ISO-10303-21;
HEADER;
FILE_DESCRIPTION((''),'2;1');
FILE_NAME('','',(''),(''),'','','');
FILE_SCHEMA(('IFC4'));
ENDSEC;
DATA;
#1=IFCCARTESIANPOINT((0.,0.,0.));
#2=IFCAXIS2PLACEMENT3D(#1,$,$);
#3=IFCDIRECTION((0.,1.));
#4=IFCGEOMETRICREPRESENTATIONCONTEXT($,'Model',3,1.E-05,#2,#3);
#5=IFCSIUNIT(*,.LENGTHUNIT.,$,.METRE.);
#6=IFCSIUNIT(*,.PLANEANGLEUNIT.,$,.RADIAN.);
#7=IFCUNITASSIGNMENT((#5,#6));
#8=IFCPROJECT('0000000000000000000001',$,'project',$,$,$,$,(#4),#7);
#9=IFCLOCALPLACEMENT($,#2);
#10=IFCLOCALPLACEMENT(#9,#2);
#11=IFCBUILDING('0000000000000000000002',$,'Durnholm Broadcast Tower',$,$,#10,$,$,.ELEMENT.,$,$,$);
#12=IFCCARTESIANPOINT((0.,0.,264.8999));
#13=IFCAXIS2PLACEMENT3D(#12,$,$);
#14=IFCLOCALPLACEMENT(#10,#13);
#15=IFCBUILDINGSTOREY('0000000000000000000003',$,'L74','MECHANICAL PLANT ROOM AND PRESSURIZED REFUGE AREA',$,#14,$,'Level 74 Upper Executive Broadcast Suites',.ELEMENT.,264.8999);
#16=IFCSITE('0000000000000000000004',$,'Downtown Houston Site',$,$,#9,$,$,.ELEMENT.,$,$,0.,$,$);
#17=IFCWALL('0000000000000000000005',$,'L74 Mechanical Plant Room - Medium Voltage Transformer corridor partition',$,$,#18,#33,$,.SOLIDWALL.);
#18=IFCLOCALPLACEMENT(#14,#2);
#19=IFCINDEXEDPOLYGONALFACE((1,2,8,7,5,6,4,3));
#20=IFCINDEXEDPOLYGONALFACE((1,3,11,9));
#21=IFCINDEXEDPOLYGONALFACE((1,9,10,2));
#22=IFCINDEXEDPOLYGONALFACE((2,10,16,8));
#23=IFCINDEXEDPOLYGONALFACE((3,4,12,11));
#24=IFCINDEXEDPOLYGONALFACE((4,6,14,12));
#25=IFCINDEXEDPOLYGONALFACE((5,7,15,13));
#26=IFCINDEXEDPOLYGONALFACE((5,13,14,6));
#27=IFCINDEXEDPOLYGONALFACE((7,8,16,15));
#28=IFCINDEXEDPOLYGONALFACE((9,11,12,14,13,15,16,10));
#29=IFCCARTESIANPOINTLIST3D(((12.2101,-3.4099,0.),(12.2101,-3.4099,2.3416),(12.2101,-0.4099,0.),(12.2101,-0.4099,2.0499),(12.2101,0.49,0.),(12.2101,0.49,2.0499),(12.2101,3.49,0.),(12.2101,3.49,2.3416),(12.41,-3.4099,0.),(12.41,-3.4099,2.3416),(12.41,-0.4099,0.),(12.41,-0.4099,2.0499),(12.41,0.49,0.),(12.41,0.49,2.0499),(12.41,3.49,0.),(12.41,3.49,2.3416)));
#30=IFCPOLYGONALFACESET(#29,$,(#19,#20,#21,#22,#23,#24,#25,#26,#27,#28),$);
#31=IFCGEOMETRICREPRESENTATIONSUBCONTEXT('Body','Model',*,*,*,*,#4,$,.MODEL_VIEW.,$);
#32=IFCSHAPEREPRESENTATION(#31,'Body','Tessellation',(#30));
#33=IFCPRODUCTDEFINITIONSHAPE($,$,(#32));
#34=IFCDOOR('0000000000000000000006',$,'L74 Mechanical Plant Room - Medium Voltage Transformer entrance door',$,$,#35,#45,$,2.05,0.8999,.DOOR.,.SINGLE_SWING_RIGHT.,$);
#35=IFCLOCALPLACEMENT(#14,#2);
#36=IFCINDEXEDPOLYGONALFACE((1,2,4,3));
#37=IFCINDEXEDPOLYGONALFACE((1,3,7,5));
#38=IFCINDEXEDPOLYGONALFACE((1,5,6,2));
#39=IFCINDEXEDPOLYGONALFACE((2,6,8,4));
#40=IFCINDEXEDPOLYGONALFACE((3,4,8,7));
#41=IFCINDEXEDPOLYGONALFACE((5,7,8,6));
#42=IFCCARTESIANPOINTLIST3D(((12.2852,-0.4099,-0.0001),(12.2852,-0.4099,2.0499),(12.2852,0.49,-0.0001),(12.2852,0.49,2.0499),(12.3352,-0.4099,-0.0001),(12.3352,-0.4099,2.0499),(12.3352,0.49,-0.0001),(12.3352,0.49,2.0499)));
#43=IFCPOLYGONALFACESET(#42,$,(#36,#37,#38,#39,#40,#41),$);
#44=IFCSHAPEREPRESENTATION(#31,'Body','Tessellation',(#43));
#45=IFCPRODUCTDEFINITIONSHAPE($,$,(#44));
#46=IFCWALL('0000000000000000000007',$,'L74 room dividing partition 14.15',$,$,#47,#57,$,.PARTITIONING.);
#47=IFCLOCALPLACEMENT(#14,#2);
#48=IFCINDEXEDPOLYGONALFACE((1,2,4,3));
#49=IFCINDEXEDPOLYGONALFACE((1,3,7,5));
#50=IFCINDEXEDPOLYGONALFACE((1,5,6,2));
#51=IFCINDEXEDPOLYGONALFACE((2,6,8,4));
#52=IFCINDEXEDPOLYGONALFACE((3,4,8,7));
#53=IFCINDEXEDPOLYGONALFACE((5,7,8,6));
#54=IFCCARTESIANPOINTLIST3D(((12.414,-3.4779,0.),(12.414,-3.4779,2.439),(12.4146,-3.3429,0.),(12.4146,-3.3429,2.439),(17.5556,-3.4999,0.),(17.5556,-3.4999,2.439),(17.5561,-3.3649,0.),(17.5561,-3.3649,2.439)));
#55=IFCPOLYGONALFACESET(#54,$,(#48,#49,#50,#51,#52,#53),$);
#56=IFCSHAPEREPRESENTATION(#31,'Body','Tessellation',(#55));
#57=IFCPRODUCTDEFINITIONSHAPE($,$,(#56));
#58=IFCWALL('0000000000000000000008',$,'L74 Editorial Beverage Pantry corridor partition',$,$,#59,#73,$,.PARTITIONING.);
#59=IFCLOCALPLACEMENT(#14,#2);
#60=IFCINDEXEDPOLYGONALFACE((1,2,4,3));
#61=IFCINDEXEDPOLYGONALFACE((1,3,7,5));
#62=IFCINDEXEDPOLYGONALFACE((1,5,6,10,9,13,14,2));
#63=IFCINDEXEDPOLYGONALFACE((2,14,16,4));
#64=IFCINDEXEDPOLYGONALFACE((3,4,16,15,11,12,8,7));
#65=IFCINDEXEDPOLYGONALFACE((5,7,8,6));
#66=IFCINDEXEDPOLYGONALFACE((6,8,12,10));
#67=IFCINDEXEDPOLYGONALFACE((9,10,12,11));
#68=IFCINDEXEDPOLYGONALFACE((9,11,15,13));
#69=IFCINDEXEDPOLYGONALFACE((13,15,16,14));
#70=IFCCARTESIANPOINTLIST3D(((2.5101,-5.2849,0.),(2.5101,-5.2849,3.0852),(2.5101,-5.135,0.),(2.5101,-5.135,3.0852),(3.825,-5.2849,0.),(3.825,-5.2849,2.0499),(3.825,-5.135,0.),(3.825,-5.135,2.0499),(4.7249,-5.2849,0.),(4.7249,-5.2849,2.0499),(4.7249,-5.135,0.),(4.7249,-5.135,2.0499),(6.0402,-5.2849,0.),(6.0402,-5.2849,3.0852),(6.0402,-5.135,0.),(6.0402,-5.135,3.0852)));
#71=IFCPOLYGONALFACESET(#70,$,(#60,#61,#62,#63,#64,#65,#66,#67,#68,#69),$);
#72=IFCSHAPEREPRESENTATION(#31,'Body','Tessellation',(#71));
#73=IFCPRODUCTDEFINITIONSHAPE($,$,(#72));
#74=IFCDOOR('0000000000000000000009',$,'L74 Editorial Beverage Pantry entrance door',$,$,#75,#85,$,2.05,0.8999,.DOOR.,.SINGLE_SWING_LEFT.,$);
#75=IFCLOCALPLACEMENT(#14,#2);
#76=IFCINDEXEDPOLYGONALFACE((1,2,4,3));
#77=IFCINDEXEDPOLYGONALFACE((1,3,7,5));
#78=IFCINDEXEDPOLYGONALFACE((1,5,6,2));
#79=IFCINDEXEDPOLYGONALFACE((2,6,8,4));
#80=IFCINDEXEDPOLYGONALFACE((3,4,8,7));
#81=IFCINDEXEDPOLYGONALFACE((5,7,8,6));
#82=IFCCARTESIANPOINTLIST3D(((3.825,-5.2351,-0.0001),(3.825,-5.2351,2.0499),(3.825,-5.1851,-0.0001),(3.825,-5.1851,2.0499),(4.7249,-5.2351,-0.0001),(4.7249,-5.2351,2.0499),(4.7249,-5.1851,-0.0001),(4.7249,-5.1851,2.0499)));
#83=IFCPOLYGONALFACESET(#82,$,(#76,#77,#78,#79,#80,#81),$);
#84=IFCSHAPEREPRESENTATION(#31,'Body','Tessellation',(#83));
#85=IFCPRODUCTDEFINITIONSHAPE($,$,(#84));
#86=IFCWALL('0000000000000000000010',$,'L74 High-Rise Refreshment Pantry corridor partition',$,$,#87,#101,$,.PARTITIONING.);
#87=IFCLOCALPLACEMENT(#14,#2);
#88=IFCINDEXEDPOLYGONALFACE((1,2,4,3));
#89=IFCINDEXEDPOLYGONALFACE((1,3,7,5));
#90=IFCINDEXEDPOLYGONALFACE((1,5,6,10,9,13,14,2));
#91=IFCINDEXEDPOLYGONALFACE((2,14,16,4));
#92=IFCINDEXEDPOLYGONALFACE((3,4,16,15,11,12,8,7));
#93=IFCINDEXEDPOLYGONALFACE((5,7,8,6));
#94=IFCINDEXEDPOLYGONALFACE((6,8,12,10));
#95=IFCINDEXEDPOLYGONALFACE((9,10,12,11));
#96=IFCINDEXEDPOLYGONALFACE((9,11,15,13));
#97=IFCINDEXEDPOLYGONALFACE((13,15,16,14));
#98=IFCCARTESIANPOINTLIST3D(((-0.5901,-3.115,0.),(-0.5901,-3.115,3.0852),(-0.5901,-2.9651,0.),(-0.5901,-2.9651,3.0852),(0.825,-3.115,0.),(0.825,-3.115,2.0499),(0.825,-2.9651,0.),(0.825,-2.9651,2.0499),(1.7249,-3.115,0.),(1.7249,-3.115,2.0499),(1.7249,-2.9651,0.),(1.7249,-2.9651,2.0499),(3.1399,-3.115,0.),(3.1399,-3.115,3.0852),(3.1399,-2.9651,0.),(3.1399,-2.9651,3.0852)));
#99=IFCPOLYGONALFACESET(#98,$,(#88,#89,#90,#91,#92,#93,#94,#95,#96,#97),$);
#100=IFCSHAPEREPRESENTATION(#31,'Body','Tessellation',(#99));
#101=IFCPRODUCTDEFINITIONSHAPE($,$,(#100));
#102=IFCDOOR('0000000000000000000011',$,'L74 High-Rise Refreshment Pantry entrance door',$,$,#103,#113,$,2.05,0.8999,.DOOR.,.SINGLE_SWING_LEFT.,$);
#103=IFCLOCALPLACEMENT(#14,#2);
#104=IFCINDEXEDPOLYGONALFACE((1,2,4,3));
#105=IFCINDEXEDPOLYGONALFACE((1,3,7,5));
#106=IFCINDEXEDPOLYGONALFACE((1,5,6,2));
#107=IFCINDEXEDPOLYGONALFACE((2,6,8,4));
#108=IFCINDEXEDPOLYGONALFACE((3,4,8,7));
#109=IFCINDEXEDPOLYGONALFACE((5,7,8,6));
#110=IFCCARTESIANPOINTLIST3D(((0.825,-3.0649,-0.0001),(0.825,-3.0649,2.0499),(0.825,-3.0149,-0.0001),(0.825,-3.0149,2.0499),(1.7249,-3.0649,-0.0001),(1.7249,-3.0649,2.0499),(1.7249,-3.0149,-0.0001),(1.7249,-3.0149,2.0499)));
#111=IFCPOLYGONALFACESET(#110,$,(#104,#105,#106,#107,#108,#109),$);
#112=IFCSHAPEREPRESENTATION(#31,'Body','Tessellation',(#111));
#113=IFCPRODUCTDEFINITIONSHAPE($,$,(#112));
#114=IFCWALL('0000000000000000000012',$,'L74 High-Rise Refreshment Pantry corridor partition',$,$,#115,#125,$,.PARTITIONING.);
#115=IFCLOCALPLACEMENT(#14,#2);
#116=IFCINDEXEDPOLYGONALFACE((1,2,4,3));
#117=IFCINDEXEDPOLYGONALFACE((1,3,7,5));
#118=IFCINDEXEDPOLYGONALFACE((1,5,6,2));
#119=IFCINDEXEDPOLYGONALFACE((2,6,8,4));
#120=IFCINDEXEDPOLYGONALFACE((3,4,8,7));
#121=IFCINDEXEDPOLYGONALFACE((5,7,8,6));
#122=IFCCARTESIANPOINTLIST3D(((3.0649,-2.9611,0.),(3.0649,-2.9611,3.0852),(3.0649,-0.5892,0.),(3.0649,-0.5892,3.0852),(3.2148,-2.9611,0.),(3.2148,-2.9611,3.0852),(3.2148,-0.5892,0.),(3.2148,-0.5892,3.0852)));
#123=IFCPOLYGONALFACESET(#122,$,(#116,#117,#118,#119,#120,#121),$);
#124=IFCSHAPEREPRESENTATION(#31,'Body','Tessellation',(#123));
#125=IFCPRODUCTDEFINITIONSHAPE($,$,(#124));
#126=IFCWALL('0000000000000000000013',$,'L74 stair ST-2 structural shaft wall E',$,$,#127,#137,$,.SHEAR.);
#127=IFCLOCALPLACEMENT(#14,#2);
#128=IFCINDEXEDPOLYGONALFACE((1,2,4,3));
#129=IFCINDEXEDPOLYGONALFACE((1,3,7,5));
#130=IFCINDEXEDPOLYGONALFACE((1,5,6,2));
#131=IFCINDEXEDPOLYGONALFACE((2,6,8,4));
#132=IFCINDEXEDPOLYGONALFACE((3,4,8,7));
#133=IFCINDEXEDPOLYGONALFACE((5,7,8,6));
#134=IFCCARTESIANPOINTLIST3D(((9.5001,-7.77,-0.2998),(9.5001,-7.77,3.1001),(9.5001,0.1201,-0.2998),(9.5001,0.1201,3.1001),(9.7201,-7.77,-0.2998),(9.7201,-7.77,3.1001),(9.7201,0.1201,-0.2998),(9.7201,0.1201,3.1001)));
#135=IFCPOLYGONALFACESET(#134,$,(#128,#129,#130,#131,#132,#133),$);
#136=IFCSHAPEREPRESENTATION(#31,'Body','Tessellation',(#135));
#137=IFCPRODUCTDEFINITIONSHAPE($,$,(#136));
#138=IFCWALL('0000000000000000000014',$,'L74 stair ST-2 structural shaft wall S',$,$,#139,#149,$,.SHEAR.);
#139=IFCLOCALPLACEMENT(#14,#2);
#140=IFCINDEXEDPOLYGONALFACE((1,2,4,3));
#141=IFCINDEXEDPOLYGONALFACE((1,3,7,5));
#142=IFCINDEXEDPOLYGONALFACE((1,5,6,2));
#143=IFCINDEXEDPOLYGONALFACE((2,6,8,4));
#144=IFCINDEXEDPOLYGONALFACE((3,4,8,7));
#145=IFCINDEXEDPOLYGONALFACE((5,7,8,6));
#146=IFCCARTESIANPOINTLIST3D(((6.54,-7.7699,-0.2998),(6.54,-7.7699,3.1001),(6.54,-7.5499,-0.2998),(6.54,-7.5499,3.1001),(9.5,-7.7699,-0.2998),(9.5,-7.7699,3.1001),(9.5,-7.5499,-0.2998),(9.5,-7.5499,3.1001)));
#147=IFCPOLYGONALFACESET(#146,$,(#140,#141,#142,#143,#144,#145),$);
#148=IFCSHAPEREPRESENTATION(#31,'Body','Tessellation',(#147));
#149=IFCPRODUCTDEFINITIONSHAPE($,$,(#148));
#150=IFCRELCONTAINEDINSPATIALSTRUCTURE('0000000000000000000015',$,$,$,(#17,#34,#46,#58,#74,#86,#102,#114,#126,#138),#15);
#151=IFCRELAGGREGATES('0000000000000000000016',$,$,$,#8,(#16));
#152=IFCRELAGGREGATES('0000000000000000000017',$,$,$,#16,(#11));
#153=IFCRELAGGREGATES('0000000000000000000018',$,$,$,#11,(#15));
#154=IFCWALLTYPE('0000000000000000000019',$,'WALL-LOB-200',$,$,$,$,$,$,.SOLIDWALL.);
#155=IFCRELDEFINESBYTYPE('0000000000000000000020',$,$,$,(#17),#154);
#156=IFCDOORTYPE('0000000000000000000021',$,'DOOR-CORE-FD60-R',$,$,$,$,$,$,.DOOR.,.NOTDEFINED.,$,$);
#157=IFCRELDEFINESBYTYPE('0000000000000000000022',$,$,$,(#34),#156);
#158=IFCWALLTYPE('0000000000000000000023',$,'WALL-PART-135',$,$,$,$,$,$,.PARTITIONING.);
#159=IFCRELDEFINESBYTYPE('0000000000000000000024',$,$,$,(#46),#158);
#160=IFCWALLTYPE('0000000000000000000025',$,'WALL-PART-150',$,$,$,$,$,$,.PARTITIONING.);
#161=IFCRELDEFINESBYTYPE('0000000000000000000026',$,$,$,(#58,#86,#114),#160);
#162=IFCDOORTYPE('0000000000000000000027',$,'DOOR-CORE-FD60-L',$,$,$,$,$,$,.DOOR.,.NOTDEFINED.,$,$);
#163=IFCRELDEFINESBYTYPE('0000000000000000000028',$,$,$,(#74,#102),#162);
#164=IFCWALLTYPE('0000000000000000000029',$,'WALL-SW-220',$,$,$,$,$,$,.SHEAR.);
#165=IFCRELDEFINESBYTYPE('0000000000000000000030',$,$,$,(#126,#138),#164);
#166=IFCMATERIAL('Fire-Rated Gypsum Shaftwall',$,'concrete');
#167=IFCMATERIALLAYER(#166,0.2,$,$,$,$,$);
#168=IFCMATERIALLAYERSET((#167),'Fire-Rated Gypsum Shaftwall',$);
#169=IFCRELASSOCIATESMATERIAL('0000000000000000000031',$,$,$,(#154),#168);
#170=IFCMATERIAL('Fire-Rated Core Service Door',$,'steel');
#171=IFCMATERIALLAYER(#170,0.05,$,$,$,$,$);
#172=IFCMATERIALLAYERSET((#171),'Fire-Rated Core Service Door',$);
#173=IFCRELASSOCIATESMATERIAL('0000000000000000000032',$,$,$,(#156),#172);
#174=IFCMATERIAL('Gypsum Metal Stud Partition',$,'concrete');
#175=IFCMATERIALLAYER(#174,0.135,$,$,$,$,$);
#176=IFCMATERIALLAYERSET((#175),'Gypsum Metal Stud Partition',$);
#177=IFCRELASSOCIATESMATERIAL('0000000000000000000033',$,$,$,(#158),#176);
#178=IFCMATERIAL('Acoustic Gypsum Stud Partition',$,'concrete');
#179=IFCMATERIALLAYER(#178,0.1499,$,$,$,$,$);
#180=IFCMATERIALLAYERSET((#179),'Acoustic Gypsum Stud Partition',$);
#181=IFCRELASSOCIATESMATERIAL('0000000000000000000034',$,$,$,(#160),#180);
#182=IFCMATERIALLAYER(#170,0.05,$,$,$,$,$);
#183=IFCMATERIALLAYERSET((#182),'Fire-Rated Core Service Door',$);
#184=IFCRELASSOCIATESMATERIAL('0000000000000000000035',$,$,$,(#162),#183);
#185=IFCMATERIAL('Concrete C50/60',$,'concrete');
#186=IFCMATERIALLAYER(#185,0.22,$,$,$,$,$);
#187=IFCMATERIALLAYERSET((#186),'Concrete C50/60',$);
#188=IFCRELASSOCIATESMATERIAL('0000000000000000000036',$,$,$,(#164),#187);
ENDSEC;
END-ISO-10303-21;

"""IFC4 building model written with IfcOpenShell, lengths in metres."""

from ifc_helpers import new_model, si_unit, direction, frame, frame_2d, origin, place, context, subcontext, project, spatial, rectangle, extrude, source, transform, mapped, material, layer, layer_set, type_object, type_shapes, element, fill, save


model = new_model("IFC4")

# Units and contexts
model_context = context("Model", 3, precision=1e-05, world=origin(), true_north=direction((0.0, 1.0)))
body_context = subcontext(model_context, "Body", "Model", "MODEL_VIEW")
ifc_project = project(units=[si_unit("LENGTHUNIT", "METRE"), si_unit("PLANEANGLEUNIT", "RADIAN")], contexts=[model_context])

# Site, building, storey
site_placement = place(None, origin())
site = spatial("IfcSite", under=ifc_project, at=site_placement, Name="Downtown Houston Site", CompositionType="ELEMENT", RefElevation=0.0)
building_placement = place(site_placement, origin())
building = spatial("IfcBuilding", under=site, at=building_placement, Name="Durnholm Broadcast Tower", CompositionType="ELEMENT")
storey_placement = place(building_placement, frame((0.0, 0.0, 264.8999)))
storey = spatial("IfcBuildingStorey", under=building, at=storey_placement, Name="L74", Description="MECHANICAL PLANT ROOM AND PRESSURIZED REFUGE AREA", LongName="Level 74 Upper Executive Broadcast Suites", CompositionType="ELEMENT", Elevation=264.8999)

# Wall, opening, door
ifc_material_1 = material(Name="Fire-Rated Gypsum Shaftwall", Category="concrete")
ifc_layer_1 = layer(ifc_material_1, 0.2)
ifc_layer_set_1 = layer_set([ifc_layer_1], Name="Fire-Rated Gypsum Shaftwall")
wall_type_1 = type_object("IfcWallType", Name="WALL-LOB-200", PredefinedType="SOLIDWALL", material=ifc_layer_set_1)
wall_1_placement = place(storey_placement, frame((12.3101, -3.4099, 0.0), z_axis=(0.0, 0.0, 1.0), x_axis=(0.0, 1.0, 0.0)))
wall_1 = element("IfcWall", 1, at=wall_1_placement, inside=storey, type_object=wall_type_1, Name="L74 Mechanical Plant Room - Medium Voltage Transformer corridor partition", PredefinedType="SOLIDWALL", context=body_context, shape_type="SweptSolid", body=[
    extrude(rectangle(XDim=6.8999, YDim=0.2, at=frame_2d((3.45, 0.0))), origin(), (0.0, 0.0, 1.0), 2.3416),
])
opening_1_placement = place(wall_1_placement, frame((3.0, 0.0, 0.0)))
opening_1 = element("IfcOpeningElement", 2, at=opening_1_placement, cuts=wall_1, PredefinedType="OPENING", context=body_context, shape_type="SweptSolid", body=[
    extrude(rectangle(XDim=0.8999, YDim=2.05, at=frame_2d((0.45, 1.0249))), frame((0.0, 0.1099, 0.0), z_axis=(0.0, -1.0, 0.0), x_axis=(1.0, 0.0, 0.0)), (0.0, 0.0, 1.0), 0.22),
])
ifc_material_2 = material(Name="Fire-Rated Core Service Door", Category="steel")
ifc_layer_2 = layer(ifc_material_2, 0.05)
ifc_layer_set_2 = layer_set([ifc_layer_2], Name="Fire-Rated Core Service Door")
door_type_1 = type_object("IfcDoorType", Name="DOOR-CORE-FD60-R", OperationType="NOTDEFINED", PredefinedType="DOOR", material=ifc_layer_set_2)
shared_shape_1 = source(origin(), body_context, "Body", "SweptSolid", [
    extrude(rectangle(XDim=0.8999, YDim=2.05, at=frame_2d((0.45, 1.0249))), frame((0.0, 0.0249, 0.0), z_axis=(0.0, -1.0, 0.0), x_axis=(1.0, 0.0, 0.0)), (0.0, 0.0, 1.0), 0.05),
])
type_shapes(door_type_1, [shared_shape_1])
door_1_placement = place(opening_1_placement, origin())
door_1 = element("IfcDoor", 3, at=door_1_placement, inside=storey, type_object=door_type_1, Name="L74 Mechanical Plant Room - Medium Voltage Transformer entrance door", OperationType="SINGLE_SWING_RIGHT", OverallHeight=2.05, OverallWidth=0.8999, PredefinedType="DOOR", context=body_context, shape_type="MappedRepresentation", body=[
    mapped(shared_shape_1, transform((0.0, 0.0, 0.0), x_axis=(1.0, 0.0, 0.0), y_axis=(0.0, 1.0, 0.0), z_axis=(0.0, 0.0, 1.0), scale=1.0)),
])
fill(opening_1, door_1)

# Wall
ifc_material_3 = material(Name="Gypsum Metal Stud Partition", Category="concrete")
ifc_layer_3 = layer(ifc_material_3, 0.135)
ifc_layer_set_3 = layer_set([ifc_layer_3], Name="Gypsum Metal Stud Partition")
wall_type_2 = type_object("IfcWallType", Name="WALL-PART-135", PredefinedType="PARTITIONING", material=ifc_layer_set_3)
wall_2_placement = place(storey_placement, frame((12.4143, -3.4104, 0.0), z_axis=(0.0, 0.0, 1.0), x_axis=(0.999991, -0.004273, 0.0)))
element("IfcWall", 4, at=wall_2_placement, inside=storey, type_object=wall_type_2, Name="L74 room dividing partition 14.15", PredefinedType="PARTITIONING", context=body_context, shape_type="SweptSolid", body=[
    extrude(rectangle(XDim=5.1416, YDim=0.135, at=frame_2d((2.5708, 0.0))), origin(), (0.0, 0.0, 1.0), 2.439),
])

# Walls, openings, doors
ifc_material_4 = material(Name="Acoustic Gypsum Stud Partition", Category="concrete")
ifc_layer_4 = layer(ifc_material_4, 0.1499)
ifc_layer_set_4 = layer_set([ifc_layer_4], Name="Acoustic Gypsum Stud Partition")
wall_type_3 = type_object("IfcWallType", Name="WALL-PART-150", PredefinedType="PARTITIONING", material=ifc_layer_set_4)
wall_3_placement = place(storey_placement, frame((2.51, -5.21, 0.0), z_axis=(0.0, 0.0, 1.0), x_axis=(1.0, 0.0, 0.0)))
wall_3 = element("IfcWall", 5, at=wall_3_placement, inside=storey, type_object=wall_type_3, Name="L74 Editorial Beverage Pantry corridor partition", PredefinedType="PARTITIONING", context=body_context, shape_type="SweptSolid", body=[
    extrude(rectangle(XDim=3.53, YDim=0.1499, at=frame_2d((1.7651, 0.0))), origin(), (0.0, 0.0, 1.0), 3.0852),
])
opening_2_placement = place(wall_3_placement, frame((1.3149, 0.0, 0.0)))
opening_2 = element("IfcOpeningElement", 6, at=opening_2_placement, cuts=wall_3, PredefinedType="OPENING", context=body_context, shape_type="SweptSolid", body=[
    extrude(rectangle(XDim=0.8999, YDim=2.05, at=frame_2d((0.45, 1.0249))), frame((0.0, 0.085, 0.0), z_axis=(0.0, -1.0, 0.0), x_axis=(1.0, 0.0, 0.0)), (0.0, 0.0, 1.0), 0.1699),
])
ifc_layer_5 = layer(ifc_material_2, 0.05)
ifc_layer_set_5 = layer_set([ifc_layer_5], Name="Fire-Rated Core Service Door")
door_type_2 = type_object("IfcDoorType", Name="DOOR-CORE-FD60-L", OperationType="NOTDEFINED", PredefinedType="DOOR", material=ifc_layer_set_5)
shared_shape_2 = source(origin(), body_context, "Body", "SweptSolid", [
    extrude(rectangle(XDim=0.8999, YDim=2.05, at=frame_2d((0.45, 1.0249))), frame((0.0, 0.0249, 0.0), z_axis=(0.0, -1.0, 0.0), x_axis=(1.0, 0.0, 0.0)), (0.0, 0.0, 1.0), 0.05),
])
type_shapes(door_type_2, [shared_shape_2])
door_2_placement = place(opening_2_placement, origin())
door_2 = element("IfcDoor", 7, at=door_2_placement, inside=storey, type_object=door_type_2, Name="L74 Editorial Beverage Pantry entrance door", OperationType="SINGLE_SWING_LEFT", OverallHeight=2.05, OverallWidth=0.8999, PredefinedType="DOOR", context=body_context, shape_type="MappedRepresentation", body=[
    mapped(shared_shape_2, transform((0.0, 0.0, 0.0), x_axis=(1.0, 0.0, 0.0), y_axis=(0.0, 1.0, 0.0), z_axis=(0.0, 0.0, 1.0), scale=1.0)),
])
fill(opening_2, door_2)
wall_4_placement = place(storey_placement, frame((3.1399, -3.04, 0.0), z_axis=(0.0, 0.0, 1.0), x_axis=(-1.0, 0.0, 0.0)))
wall_4 = element("IfcWall", 8, at=wall_4_placement, inside=storey, type_object=wall_type_3, Name="L74 High-Rise Refreshment Pantry corridor partition", PredefinedType="PARTITIONING", context=body_context, shape_type="SweptSolid", body=[
    extrude(rectangle(XDim=3.73, YDim=0.1499, at=frame_2d((1.865, 0.0))), origin(), (0.0, 0.0, 1.0), 3.0852),
])
opening_3_placement = place(wall_4_placement, frame((1.415, 0.0, 0.0)))
opening_3 = element("IfcOpeningElement", 9, at=opening_3_placement, cuts=wall_4, PredefinedType="OPENING", context=body_context, shape_type="SweptSolid", body=[
    extrude(rectangle(XDim=0.8999, YDim=2.05, at=frame_2d((0.45, 1.0249))), frame((0.0, 0.085, 0.0), z_axis=(0.0, -1.0, 0.0), x_axis=(1.0, 0.0, 0.0)), (0.0, 0.0, 1.0), 0.1699),
])
door_3_placement = place(opening_3_placement, origin())
door_3 = element("IfcDoor", 10, at=door_3_placement, inside=storey, type_object=door_type_2, Name="L74 High-Rise Refreshment Pantry entrance door", OperationType="SINGLE_SWING_LEFT", OverallHeight=2.05, OverallWidth=0.8999, PredefinedType="DOOR", context=body_context, shape_type="MappedRepresentation", body=[
    mapped(shared_shape_2, transform((0.0, 0.0, 0.0), x_axis=(1.0, 0.0, 0.0), y_axis=(0.0, 1.0, 0.0), z_axis=(0.0, 0.0, 1.0), scale=1.0)),
])
fill(opening_3, door_3)

# Walls
wall_5_placement = place(storey_placement, frame((3.1399, -0.5891, 0.0), z_axis=(0.0, 0.0, 1.0), x_axis=(0.0, -1.0, 0.0)))
element("IfcWall", 11, at=wall_5_placement, inside=storey, type_object=wall_type_3, Name="L74 High-Rise Refreshment Pantry corridor partition", PredefinedType="PARTITIONING", context=body_context, shape_type="SweptSolid", body=[
    extrude(rectangle(XDim=2.3718, YDim=0.1499, at=frame_2d((1.186, 0.0))), origin(), (0.0, 0.0, 1.0), 3.0852),
])
ifc_material_5 = material(Name="Concrete C50/60", Category="concrete")
ifc_layer_6 = layer(ifc_material_5, 0.22)
ifc_layer_set_6 = layer_set([ifc_layer_6], Name="Concrete C50/60")
wall_type_4 = type_object("IfcWallType", Name="WALL-SW-220", PredefinedType="SHEAR", material=ifc_layer_set_6)
wall_6_placement = place(storey_placement, frame((9.6101, -7.77, -0.2998), z_axis=(0.0, 0.0, 1.0), x_axis=(0.0, 1.0, 0.0)))
element("IfcWall", 12, at=wall_6_placement, inside=storey, type_object=wall_type_4, Name="L74 stair ST-2 structural shaft wall E", PredefinedType="SHEAR", context=body_context, shape_type="SweptSolid", body=[
    extrude(rectangle(XDim=7.8901, YDim=0.22, at=frame_2d((3.9451, 0.0))), origin(), (0.0, 0.0, 1.0), 3.3999),
])
wall_7_placement = place(storey_placement, frame((6.54, -7.6599, -0.2998), z_axis=(0.0, 0.0, 1.0), x_axis=(1.0, 0.0, 0.0)))
element("IfcWall", 13, at=wall_7_placement, inside=storey, type_object=wall_type_4, Name="L74 stair ST-2 structural shaft wall S", PredefinedType="SHEAR", context=body_context, shape_type="SweptSolid", body=[
    extrude(rectangle(XDim=2.96, YDim=0.22, at=frame_2d((1.48, 0.0))), origin(), (0.0, 0.0, 1.0), 3.3999),
])

save(model, "model.ifc")
